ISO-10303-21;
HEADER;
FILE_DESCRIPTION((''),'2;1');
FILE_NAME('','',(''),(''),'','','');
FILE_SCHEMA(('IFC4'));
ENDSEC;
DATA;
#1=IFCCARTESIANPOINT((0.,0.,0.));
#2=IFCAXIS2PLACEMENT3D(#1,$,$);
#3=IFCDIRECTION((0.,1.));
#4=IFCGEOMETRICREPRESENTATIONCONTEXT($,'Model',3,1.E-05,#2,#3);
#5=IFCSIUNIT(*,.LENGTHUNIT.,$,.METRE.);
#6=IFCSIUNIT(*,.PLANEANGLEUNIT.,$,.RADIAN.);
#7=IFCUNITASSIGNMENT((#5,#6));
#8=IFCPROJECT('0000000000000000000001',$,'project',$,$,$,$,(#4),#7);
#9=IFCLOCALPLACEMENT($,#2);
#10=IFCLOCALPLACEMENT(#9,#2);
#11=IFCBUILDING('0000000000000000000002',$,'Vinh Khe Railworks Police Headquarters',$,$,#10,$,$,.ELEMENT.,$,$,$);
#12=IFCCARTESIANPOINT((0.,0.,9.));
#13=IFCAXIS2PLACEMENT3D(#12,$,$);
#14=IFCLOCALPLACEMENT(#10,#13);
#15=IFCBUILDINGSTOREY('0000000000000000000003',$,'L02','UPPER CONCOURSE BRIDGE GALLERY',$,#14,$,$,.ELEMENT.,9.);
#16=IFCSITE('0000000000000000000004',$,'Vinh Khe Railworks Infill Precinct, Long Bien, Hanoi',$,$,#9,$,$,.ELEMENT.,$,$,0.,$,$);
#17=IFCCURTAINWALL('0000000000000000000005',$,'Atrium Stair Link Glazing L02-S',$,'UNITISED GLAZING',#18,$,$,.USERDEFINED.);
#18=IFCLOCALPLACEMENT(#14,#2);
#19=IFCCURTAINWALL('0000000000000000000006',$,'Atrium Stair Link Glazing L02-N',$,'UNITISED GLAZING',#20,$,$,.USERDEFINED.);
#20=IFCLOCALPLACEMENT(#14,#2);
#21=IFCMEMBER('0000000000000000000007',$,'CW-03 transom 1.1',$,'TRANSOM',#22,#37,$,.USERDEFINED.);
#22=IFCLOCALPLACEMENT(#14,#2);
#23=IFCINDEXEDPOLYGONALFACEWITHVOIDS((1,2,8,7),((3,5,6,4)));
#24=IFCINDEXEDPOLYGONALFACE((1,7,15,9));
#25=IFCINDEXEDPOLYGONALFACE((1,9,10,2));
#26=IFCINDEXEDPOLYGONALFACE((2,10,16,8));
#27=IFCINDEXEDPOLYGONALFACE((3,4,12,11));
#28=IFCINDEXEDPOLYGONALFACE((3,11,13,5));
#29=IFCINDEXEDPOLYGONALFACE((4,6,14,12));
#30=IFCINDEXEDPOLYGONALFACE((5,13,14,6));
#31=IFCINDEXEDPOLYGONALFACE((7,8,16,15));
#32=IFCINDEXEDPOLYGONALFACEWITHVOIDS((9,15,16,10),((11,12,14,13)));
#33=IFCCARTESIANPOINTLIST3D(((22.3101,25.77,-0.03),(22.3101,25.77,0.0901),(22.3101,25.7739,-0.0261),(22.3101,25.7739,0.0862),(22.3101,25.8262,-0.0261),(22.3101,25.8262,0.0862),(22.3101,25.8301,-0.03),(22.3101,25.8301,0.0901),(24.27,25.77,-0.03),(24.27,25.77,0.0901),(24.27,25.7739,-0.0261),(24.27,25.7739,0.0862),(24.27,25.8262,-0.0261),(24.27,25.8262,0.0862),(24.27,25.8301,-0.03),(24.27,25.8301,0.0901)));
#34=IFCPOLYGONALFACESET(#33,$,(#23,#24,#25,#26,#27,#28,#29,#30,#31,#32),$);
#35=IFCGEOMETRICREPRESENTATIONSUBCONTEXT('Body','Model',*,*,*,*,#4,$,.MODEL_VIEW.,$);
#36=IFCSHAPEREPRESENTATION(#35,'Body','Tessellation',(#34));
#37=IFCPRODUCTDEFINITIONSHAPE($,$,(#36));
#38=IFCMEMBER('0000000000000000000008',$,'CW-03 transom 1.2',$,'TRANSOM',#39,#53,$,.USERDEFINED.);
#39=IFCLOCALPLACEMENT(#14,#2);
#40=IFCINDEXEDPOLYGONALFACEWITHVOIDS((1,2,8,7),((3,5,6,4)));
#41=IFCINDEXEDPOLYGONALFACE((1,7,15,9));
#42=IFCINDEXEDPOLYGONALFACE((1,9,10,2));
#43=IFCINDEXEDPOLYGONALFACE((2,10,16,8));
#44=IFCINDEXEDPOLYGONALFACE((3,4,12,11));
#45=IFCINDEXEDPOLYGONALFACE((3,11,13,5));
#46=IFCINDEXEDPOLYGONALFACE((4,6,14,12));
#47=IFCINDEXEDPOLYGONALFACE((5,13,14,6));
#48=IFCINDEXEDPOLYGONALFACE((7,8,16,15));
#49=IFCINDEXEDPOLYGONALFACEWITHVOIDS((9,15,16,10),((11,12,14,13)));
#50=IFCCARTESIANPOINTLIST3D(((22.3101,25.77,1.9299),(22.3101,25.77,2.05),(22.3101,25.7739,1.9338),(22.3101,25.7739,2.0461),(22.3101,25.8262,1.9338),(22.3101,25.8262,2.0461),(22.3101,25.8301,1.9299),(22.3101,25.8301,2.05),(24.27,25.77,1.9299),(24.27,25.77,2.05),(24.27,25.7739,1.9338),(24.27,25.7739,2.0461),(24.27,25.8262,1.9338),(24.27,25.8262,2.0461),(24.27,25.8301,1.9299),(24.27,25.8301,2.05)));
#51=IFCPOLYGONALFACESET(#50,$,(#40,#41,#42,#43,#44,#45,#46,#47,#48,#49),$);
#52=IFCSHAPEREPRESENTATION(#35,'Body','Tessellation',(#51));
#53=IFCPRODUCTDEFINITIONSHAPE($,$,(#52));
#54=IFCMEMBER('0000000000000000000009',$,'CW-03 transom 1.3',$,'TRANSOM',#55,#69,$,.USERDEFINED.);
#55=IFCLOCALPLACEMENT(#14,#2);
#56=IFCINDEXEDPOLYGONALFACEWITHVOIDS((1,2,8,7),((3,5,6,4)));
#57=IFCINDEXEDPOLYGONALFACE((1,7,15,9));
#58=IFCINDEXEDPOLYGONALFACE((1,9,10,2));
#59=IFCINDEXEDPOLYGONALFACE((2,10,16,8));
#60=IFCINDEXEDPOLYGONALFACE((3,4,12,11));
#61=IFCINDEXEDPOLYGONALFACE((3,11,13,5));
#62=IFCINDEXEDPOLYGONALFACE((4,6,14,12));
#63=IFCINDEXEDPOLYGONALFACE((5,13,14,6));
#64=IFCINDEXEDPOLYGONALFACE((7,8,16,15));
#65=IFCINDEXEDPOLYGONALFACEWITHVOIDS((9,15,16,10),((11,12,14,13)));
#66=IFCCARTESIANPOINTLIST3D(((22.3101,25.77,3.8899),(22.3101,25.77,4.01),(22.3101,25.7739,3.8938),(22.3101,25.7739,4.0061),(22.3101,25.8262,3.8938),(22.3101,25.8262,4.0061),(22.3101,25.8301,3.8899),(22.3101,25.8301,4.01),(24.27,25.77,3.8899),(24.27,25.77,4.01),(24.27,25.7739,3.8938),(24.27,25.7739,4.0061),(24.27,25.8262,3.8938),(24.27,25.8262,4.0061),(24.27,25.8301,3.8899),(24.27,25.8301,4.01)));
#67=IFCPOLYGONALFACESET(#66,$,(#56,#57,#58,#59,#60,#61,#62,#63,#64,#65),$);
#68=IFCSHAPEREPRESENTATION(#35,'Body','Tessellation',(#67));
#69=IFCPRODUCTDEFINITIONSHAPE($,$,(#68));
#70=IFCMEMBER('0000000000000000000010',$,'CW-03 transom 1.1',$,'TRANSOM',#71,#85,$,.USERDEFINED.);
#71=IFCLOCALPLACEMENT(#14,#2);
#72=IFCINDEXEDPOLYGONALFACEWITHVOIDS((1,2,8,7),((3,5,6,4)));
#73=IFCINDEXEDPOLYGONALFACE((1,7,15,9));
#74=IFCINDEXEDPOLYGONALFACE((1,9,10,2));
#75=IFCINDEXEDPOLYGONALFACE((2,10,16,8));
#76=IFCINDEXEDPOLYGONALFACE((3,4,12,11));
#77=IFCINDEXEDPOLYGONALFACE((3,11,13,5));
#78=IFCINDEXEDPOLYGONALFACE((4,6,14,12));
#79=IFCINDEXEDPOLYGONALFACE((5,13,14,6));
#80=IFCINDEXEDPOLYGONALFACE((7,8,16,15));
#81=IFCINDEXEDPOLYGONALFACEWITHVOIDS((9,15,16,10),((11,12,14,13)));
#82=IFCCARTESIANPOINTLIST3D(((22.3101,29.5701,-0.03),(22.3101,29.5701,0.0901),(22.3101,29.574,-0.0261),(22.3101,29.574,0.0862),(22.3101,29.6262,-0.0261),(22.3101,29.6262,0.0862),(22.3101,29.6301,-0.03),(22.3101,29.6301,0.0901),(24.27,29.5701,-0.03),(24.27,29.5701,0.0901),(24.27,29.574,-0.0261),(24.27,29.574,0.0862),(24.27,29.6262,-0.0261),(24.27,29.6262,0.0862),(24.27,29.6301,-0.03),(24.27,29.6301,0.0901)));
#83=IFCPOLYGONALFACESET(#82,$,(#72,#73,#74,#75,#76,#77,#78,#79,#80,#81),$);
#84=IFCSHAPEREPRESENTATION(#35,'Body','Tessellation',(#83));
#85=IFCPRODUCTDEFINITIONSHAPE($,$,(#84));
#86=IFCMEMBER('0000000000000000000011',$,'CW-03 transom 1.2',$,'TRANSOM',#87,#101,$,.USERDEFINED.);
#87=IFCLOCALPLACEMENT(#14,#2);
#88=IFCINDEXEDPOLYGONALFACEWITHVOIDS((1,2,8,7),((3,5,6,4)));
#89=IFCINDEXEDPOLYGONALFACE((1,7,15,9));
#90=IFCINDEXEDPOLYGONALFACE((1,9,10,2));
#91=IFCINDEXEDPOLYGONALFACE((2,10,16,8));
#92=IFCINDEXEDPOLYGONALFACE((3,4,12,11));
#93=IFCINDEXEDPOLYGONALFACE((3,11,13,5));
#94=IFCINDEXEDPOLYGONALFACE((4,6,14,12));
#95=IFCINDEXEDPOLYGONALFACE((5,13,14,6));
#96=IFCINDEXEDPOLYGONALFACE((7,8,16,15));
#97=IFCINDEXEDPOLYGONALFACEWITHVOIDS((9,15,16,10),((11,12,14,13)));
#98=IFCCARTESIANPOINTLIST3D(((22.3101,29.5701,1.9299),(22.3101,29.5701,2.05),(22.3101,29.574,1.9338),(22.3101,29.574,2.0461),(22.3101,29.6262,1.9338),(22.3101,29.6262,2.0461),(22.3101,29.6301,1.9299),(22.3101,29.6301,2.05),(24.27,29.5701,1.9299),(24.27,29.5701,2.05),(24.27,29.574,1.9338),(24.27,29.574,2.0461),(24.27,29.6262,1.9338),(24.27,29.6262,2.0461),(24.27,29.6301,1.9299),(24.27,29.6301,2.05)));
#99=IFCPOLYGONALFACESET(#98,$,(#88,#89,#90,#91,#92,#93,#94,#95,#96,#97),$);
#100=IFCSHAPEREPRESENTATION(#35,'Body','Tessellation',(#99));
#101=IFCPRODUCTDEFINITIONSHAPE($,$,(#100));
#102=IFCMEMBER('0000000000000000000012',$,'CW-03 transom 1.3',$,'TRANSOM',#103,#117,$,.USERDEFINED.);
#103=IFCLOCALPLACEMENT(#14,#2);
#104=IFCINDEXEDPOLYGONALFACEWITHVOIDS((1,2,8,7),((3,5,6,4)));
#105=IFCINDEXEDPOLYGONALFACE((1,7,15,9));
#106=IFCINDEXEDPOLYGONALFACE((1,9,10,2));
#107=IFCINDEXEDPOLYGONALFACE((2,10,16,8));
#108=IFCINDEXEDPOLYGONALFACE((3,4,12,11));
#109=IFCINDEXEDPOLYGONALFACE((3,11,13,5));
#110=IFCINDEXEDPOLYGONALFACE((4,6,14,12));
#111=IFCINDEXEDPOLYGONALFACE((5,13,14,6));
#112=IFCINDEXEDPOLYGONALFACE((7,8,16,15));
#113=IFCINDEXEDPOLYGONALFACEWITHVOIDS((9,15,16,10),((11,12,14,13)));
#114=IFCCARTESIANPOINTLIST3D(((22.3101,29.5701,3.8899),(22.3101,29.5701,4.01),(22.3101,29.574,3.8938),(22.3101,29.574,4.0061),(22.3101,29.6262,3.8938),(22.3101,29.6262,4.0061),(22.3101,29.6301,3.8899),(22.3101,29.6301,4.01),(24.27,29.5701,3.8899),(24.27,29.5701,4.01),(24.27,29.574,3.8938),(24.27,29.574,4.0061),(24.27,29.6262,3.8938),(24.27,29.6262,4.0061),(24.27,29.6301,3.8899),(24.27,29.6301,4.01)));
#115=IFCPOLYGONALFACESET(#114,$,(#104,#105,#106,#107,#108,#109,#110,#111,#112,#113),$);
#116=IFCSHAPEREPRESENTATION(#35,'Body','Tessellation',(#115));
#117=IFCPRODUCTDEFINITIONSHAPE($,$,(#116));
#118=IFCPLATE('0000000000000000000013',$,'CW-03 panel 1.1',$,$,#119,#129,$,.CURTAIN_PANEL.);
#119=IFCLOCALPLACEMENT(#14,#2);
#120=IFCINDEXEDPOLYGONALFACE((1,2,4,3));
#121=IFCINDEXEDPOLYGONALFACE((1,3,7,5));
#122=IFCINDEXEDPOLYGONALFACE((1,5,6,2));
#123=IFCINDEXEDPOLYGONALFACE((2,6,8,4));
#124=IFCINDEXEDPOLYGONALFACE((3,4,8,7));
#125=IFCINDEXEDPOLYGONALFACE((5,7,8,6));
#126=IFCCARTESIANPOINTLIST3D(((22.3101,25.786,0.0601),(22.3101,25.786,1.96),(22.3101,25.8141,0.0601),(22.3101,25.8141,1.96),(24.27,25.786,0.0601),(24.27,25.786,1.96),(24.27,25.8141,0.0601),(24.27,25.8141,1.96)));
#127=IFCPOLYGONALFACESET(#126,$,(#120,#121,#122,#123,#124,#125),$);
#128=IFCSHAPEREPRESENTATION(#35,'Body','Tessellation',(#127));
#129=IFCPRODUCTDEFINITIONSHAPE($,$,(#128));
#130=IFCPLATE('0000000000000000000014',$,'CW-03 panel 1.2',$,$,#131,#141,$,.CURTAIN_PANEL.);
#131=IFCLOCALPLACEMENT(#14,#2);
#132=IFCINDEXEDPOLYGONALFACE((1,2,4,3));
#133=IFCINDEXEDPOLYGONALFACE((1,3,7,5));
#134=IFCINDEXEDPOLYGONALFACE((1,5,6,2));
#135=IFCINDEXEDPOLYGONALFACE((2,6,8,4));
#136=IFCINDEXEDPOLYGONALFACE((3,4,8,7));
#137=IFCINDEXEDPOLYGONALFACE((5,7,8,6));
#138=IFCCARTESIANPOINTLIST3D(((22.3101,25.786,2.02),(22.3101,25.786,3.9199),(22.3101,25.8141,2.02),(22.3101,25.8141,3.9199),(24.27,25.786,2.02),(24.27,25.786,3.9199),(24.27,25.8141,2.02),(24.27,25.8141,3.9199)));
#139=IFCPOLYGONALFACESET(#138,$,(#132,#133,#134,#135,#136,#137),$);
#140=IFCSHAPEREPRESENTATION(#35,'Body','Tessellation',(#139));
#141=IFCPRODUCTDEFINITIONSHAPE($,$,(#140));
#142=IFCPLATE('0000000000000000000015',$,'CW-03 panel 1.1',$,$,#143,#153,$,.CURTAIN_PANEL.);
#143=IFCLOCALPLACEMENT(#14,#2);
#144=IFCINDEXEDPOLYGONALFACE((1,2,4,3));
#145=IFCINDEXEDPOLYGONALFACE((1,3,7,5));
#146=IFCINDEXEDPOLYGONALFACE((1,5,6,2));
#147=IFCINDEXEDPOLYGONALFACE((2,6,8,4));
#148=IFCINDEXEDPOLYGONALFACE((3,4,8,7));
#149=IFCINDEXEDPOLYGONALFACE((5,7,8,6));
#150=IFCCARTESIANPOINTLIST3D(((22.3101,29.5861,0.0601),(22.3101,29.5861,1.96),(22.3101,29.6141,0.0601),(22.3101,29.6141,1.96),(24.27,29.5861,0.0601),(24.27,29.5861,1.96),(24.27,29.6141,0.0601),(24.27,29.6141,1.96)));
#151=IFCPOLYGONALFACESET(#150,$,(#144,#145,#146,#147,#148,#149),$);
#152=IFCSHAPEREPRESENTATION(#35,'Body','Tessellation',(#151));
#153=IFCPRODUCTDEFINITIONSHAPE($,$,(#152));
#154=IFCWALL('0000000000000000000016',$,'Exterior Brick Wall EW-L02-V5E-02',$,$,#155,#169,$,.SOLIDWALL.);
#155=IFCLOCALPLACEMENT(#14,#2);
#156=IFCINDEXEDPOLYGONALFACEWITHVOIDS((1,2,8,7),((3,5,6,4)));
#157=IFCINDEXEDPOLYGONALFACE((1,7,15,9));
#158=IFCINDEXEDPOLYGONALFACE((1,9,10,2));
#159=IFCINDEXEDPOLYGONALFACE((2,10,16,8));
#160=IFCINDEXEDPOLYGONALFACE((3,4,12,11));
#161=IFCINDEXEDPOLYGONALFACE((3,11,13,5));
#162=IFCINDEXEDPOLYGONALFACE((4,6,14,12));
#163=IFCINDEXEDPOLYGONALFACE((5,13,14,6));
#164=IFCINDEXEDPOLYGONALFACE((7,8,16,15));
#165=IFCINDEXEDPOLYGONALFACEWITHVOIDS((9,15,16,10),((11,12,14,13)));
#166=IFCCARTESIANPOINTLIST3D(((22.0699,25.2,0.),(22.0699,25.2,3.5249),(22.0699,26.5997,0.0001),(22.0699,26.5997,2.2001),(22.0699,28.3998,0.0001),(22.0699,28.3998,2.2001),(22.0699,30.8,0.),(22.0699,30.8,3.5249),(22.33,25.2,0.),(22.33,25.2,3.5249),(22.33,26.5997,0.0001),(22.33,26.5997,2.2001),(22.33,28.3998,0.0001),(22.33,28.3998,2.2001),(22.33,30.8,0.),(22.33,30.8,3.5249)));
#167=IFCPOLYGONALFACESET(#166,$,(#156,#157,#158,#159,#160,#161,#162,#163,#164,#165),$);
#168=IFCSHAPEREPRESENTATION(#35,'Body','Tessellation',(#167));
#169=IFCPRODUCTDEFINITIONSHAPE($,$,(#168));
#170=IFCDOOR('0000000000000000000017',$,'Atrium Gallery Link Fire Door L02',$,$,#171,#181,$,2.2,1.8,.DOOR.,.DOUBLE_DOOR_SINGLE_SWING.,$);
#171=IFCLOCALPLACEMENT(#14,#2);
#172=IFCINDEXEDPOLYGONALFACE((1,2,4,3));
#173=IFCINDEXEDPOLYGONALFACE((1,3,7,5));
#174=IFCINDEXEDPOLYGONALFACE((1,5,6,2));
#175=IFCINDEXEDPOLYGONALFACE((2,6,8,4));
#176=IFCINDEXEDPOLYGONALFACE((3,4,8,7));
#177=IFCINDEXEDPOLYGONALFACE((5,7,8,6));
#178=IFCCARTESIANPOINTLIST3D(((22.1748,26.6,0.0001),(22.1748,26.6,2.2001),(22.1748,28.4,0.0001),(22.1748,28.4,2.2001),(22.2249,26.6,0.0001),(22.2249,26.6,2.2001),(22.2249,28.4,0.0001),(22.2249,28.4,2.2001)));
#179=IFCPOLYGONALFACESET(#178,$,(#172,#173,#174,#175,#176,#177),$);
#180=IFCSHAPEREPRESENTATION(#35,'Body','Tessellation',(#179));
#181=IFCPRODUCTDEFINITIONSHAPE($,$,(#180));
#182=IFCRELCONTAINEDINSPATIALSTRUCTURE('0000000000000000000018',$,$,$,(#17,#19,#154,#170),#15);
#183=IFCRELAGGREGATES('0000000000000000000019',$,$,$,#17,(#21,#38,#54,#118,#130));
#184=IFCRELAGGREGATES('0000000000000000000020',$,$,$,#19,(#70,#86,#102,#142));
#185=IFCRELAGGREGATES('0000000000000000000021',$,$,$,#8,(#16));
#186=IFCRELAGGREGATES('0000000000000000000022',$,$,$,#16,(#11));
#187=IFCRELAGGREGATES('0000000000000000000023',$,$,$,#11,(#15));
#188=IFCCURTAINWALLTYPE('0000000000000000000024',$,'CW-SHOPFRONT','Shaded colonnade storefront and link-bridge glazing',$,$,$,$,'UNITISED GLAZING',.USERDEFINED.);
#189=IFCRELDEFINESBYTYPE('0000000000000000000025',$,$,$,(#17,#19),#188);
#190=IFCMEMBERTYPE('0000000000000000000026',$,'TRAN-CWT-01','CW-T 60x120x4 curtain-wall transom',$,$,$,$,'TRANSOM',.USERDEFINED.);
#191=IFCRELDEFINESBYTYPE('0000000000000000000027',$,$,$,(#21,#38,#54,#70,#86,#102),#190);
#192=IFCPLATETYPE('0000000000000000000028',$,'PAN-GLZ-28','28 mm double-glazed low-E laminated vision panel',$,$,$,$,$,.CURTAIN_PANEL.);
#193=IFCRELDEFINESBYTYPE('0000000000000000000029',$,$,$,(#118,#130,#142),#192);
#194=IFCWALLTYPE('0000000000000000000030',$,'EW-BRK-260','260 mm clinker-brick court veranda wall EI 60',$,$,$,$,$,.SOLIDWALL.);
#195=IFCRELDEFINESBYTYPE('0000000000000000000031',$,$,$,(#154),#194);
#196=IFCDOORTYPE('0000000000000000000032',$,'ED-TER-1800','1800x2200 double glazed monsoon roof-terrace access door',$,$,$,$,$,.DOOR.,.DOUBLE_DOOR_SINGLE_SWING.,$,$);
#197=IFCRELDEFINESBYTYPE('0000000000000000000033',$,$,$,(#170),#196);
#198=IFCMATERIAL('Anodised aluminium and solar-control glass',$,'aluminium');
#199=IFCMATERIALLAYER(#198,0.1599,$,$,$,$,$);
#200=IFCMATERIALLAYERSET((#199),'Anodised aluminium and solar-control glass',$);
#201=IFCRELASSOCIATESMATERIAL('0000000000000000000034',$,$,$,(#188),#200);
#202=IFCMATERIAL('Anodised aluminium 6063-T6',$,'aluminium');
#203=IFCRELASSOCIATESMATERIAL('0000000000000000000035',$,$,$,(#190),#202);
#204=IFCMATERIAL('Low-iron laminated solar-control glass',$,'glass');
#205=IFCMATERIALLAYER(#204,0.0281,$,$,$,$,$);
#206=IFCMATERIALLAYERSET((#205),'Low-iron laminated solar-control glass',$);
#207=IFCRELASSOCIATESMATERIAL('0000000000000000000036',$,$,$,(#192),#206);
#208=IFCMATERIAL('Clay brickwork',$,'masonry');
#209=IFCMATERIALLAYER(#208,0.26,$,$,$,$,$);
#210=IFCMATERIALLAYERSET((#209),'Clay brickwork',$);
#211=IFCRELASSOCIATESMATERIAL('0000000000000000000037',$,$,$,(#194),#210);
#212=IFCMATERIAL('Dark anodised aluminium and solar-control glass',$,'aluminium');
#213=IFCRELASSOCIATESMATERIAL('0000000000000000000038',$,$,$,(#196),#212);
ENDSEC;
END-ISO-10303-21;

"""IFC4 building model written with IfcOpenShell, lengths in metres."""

from ifc_helpers import new_model, si_unit, direction, frame, frame_2d, origin, origin_2d, place, context, subcontext, project, spatial, rectangle, hollow_rectangle, extrude, material, layer, layer_set, material_profile, profile_set, type_object, element, fill, aggregate, save


model = new_model("IFC4")

# Units and contexts
model_context = context("Model", 3, precision=1e-05, world=origin(), true_north=direction((0.0, 1.0)))
body_context = subcontext(model_context, "Body", "Model", "MODEL_VIEW")
ifc_project = project(units=[si_unit("LENGTHUNIT", "METRE"), si_unit("PLANEANGLEUNIT", "RADIAN")], contexts=[model_context])

# Site, building, storey
site_placement = place(None, origin())
site = spatial("IfcSite", under=ifc_project, at=site_placement, Name="Vinh Khe Railworks Infill Precinct, Long Bien, Hanoi", CompositionType="ELEMENT", RefElevation=0.0)
building_placement = place(site_placement, origin())
building = spatial("IfcBuilding", under=site, at=building_placement, Name="Vinh Khe Railworks Police Headquarters", CompositionType="ELEMENT")
storey_placement = place(building_placement, frame((0.0, 0.0, 9.0)))
storey = spatial("IfcBuildingStorey", under=building, at=storey_placement, Name="L02", Description="UPPER CONCOURSE BRIDGE GALLERY", CompositionType="ELEMENT", Elevation=9.0)

# Curtain walls
ifc_material_1 = material(Name="Anodised aluminium and solar-control glass", Category="aluminium")
ifc_layer_1 = layer(ifc_material_1, 0.1599)
ifc_layer_set_1 = layer_set([ifc_layer_1], Name="Anodised aluminium and solar-control glass")
curtain_wall_type = type_object("IfcCurtainWallType", Name="CW-SHOPFRONT", Description="Shaded colonnade storefront and link-bridge glazing", ElementType="UNITISED GLAZING", PredefinedType="USERDEFINED", material=ifc_layer_set_1)
curtain_wall_1_placement = place(storey_placement, origin())
curtain_wall_1 = element("IfcCurtainWall", 1, at=curtain_wall_1_placement, inside=storey, type_object=curtain_wall_type, Name="Atrium Stair Link Glazing L02-S", ObjectType="UNITISED GLAZING", PredefinedType="USERDEFINED")
ifc_material_2 = material(Name="Anodised aluminium 6063-T6", Category="aluminium")
curtain_wall_2_placement = place(storey_placement, origin())
curtain_wall_2 = element("IfcCurtainWall", 2, at=curtain_wall_2_placement, inside=storey, type_object=curtain_wall_type, Name="Atrium Stair Link Glazing L02-N", ObjectType="UNITISED GLAZING", PredefinedType="USERDEFINED")

# Members
ifc_material_profile_1 = material_profile(ifc_material_2, hollow_rectangle(XDim=0.0601, YDim=0.1201, WallThickness=0.0039, at=origin_2d()), Name="CW-T 60x120x4")
ifc_profile_set_1 = profile_set([ifc_material_profile_1], Name="Anodised aluminium 6063-T6")
member_type_1 = type_object("IfcMemberType", Name="TRAN-CWT-01", Description="CW-T 60x120x4 curtain-wall transom", ElementType="TRANSOM", PredefinedType="USERDEFINED", material=ifc_profile_set_1)
member_1_placement = place(storey_placement, frame((22.3101, 25.8, 0.03), z_axis=(1.0, 0.0, 0.0), x_axis=(0.0, 1.0, 0.0)))
member_1 = element("IfcMember", 3, at=member_1_placement, type_object=member_type_1, Name="CW-03 transom 1.1", ObjectType="TRANSOM", PredefinedType="USERDEFINED", context=body_context, shape_type="SweptSolid", body=[
    extrude(hollow_rectangle(XDim=0.0601, YDim=0.1201, WallThickness=0.0039, at=origin_2d()), origin(), (0.0, 0.0, 1.0), 1.96),
])
member_2_placement = place(storey_placement, frame((22.3101, 25.8, 1.99), z_axis=(1.0, 0.0, 0.0), x_axis=(0.0, 1.0, 0.0)))
member_2 = element("IfcMember", 4, at=member_2_placement, type_object=member_type_1, Name="CW-03 transom 1.2", ObjectType="TRANSOM", PredefinedType="USERDEFINED", context=body_context, shape_type="SweptSolid", body=[
    extrude(hollow_rectangle(XDim=0.0601, YDim=0.1201, WallThickness=0.0039, at=origin_2d()), origin(), (0.0, 0.0, 1.0), 1.96),
])
member_3_placement = place(storey_placement, frame((22.3101, 25.8, 3.95), z_axis=(1.0, 0.0, 0.0), x_axis=(0.0, 1.0, 0.0)))
member_3 = element("IfcMember", 5, at=member_3_placement, type_object=member_type_1, Name="CW-03 transom 1.3", ObjectType="TRANSOM", PredefinedType="USERDEFINED", context=body_context, shape_type="SweptSolid", body=[
    extrude(hollow_rectangle(XDim=0.0601, YDim=0.1201, WallThickness=0.0039, at=origin_2d()), origin(), (0.0, 0.0, 1.0), 1.96),
])
member_4_placement = place(storey_placement, frame((22.3101, 29.6001, 0.03), z_axis=(1.0, 0.0, 0.0), x_axis=(0.0, 1.0, 0.0)))
member_4 = element("IfcMember", 6, at=member_4_placement, type_object=member_type_1, Name="CW-03 transom 1.1", ObjectType="TRANSOM", PredefinedType="USERDEFINED", context=body_context, shape_type="SweptSolid", body=[
    extrude(hollow_rectangle(XDim=0.0601, YDim=0.1201, WallThickness=0.0039, at=origin_2d()), origin(), (0.0, 0.0, 1.0), 1.96),
])
member_5_placement = place(storey_placement, frame((22.3101, 29.6001, 1.99), z_axis=(1.0, 0.0, 0.0), x_axis=(0.0, 1.0, 0.0)))
member_5 = element("IfcMember", 7, at=member_5_placement, type_object=member_type_1, Name="CW-03 transom 1.2", ObjectType="TRANSOM", PredefinedType="USERDEFINED", context=body_context, shape_type="SweptSolid", body=[
    extrude(hollow_rectangle(XDim=0.0601, YDim=0.1201, WallThickness=0.0039, at=origin_2d()), origin(), (0.0, 0.0, 1.0), 1.96),
])
member_6_placement = place(storey_placement, frame((22.3101, 29.6001, 3.95), z_axis=(1.0, 0.0, 0.0), x_axis=(0.0, 1.0, 0.0)))
member_6 = element("IfcMember", 8, at=member_6_placement, type_object=member_type_1, Name="CW-03 transom 1.3", ObjectType="TRANSOM", PredefinedType="USERDEFINED", context=body_context, shape_type="SweptSolid", body=[
    extrude(hollow_rectangle(XDim=0.0601, YDim=0.1201, WallThickness=0.0039, at=origin_2d()), origin(), (0.0, 0.0, 1.0), 1.96),
])

# Plates
ifc_material_3 = material(Name="Low-iron laminated solar-control glass", Category="glass")
ifc_layer_2 = layer(ifc_material_3, 0.0281)
ifc_layer_set_2 = layer_set([ifc_layer_2], Name="Low-iron laminated solar-control glass")
plate_type = type_object("IfcPlateType", Name="PAN-GLZ-28", Description="28 mm double-glazed low-E laminated vision panel", PredefinedType="CURTAIN_PANEL", material=ifc_layer_set_2)
plate_1_placement = place(storey_placement, frame((23.29, 25.8, 0.0601), z_axis=(0.0, 0.0, 1.0), x_axis=(1.0, 0.0, 0.0)))
plate_1 = element("IfcPlate", 9, at=plate_1_placement, type_object=plate_type, Name="CW-03 panel 1.1", PredefinedType="CURTAIN_PANEL", context=body_context, shape_type="SweptSolid", body=[
    extrude(rectangle(XDim=1.96, YDim=0.0281, at=origin_2d()), origin(), (0.0, 0.0, 1.0), 1.8999),
])
plate_2_placement = place(storey_placement, frame((23.29, 25.8, 2.02), z_axis=(0.0, 0.0, 1.0), x_axis=(1.0, 0.0, 0.0)))
plate_2 = element("IfcPlate", 10, at=plate_2_placement, type_object=plate_type, Name="CW-03 panel 1.2", PredefinedType="CURTAIN_PANEL", context=body_context, shape_type="SweptSolid", body=[
    extrude(rectangle(XDim=1.96, YDim=0.0281, at=origin_2d()), origin(), (0.0, 0.0, 1.0), 1.8999),
])
aggregate(curtain_wall_1, [member_1, member_2, member_3, plate_1, plate_2])
plate_3_placement = place(storey_placement, frame((23.29, 29.6001, 0.0601), z_axis=(0.0, 0.0, 1.0), x_axis=(1.0, 0.0, 0.0)))
plate_3 = element("IfcPlate", 11, at=plate_3_placement, type_object=plate_type, Name="CW-03 panel 1.1", PredefinedType="CURTAIN_PANEL", context=body_context, shape_type="SweptSolid", body=[
    extrude(rectangle(XDim=1.96, YDim=0.0281, at=origin_2d()), origin(), (0.0, 0.0, 1.0), 1.8999),
])
aggregate(curtain_wall_2, [member_4, member_5, member_6, plate_3])

# Wall, opening, door
ifc_material_4 = material(Name="Clay brickwork", Category="masonry")
ifc_layer_3 = layer(ifc_material_4, 0.26)
ifc_layer_set_3 = layer_set([ifc_layer_3], Name="Clay brickwork")
wall_type = type_object("IfcWallType", Name="EW-BRK-260", Description="260 mm clinker-brick court veranda wall EI 60", PredefinedType="SOLIDWALL", material=ifc_layer_set_3)
wall_1_placement = place(storey_placement, frame((22.2, 25.2, 0.0), z_axis=(0.0, 0.0, 1.0), x_axis=(0.0, 1.0, 0.0)))
wall_1 = element("IfcWall", 12, at=wall_1_placement, inside=storey, type_object=wall_type, Name="Exterior Brick Wall EW-L02-V5E-02", PredefinedType="SOLIDWALL", context=body_context, shape_type="SweptSolid", body=[
    extrude(rectangle(XDim=5.6001, YDim=0.26, at=frame_2d((2.8, 0.0))), origin(), (0.0, 0.0, 1.0), 3.5249),
])
opening_1_placement = place(wall_1_placement, frame((1.3999, 0.0, 0.0)))
opening_1 = element("IfcOpeningElement", 13, at=opening_1_placement, cuts=wall_1, PredefinedType="OPENING", context=body_context, shape_type="SweptSolid", body=[
    extrude(rectangle(XDim=1.8, YDim=2.2, at=frame_2d((0.8999, 1.1001))), frame((0.0, 0.145, 0.0), z_axis=(0.0, -1.0, 0.0), x_axis=(1.0, 0.0, 0.0)), (0.0, 0.0, 1.0), 0.2898),
])
ifc_material_5 = material(Name="Dark anodised aluminium and solar-control glass", Category="aluminium")
door_type = type_object("IfcDoorType", Name="ED-TER-1800", Description="1800x2200 double glazed monsoon roof-terrace access door", OperationType="DOUBLE_DOOR_SINGLE_SWING", PredefinedType="DOOR", material=ifc_material_5)
door_placement = place(opening_1_placement, frame((1.8, 0.0, 0.0), z_axis=(0.0, 0.0, 1.0), x_axis=(-1.0, 0.0, 0.0)))
door = element("IfcDoor", 14, at=door_placement, inside=storey, type_object=door_type, Name="Atrium Gallery Link Fire Door L02", OperationType="DOUBLE_DOOR_SINGLE_SWING", OverallHeight=2.2, OverallWidth=1.8, PredefinedType="DOOR", context=body_context, shape_type="SweptSolid", body=[
    extrude(rectangle(XDim=1.8, YDim=2.2, at=frame_2d((0.8999, 1.1001))), frame((0.0, 0.0249, 0.0), z_axis=(0.0, -1.0, 0.0), x_axis=(1.0, 0.0, 0.0)), (0.0, 0.0, 1.0), 0.05),
])
fill(opening_1, door)

save(model, "model.ifc")
